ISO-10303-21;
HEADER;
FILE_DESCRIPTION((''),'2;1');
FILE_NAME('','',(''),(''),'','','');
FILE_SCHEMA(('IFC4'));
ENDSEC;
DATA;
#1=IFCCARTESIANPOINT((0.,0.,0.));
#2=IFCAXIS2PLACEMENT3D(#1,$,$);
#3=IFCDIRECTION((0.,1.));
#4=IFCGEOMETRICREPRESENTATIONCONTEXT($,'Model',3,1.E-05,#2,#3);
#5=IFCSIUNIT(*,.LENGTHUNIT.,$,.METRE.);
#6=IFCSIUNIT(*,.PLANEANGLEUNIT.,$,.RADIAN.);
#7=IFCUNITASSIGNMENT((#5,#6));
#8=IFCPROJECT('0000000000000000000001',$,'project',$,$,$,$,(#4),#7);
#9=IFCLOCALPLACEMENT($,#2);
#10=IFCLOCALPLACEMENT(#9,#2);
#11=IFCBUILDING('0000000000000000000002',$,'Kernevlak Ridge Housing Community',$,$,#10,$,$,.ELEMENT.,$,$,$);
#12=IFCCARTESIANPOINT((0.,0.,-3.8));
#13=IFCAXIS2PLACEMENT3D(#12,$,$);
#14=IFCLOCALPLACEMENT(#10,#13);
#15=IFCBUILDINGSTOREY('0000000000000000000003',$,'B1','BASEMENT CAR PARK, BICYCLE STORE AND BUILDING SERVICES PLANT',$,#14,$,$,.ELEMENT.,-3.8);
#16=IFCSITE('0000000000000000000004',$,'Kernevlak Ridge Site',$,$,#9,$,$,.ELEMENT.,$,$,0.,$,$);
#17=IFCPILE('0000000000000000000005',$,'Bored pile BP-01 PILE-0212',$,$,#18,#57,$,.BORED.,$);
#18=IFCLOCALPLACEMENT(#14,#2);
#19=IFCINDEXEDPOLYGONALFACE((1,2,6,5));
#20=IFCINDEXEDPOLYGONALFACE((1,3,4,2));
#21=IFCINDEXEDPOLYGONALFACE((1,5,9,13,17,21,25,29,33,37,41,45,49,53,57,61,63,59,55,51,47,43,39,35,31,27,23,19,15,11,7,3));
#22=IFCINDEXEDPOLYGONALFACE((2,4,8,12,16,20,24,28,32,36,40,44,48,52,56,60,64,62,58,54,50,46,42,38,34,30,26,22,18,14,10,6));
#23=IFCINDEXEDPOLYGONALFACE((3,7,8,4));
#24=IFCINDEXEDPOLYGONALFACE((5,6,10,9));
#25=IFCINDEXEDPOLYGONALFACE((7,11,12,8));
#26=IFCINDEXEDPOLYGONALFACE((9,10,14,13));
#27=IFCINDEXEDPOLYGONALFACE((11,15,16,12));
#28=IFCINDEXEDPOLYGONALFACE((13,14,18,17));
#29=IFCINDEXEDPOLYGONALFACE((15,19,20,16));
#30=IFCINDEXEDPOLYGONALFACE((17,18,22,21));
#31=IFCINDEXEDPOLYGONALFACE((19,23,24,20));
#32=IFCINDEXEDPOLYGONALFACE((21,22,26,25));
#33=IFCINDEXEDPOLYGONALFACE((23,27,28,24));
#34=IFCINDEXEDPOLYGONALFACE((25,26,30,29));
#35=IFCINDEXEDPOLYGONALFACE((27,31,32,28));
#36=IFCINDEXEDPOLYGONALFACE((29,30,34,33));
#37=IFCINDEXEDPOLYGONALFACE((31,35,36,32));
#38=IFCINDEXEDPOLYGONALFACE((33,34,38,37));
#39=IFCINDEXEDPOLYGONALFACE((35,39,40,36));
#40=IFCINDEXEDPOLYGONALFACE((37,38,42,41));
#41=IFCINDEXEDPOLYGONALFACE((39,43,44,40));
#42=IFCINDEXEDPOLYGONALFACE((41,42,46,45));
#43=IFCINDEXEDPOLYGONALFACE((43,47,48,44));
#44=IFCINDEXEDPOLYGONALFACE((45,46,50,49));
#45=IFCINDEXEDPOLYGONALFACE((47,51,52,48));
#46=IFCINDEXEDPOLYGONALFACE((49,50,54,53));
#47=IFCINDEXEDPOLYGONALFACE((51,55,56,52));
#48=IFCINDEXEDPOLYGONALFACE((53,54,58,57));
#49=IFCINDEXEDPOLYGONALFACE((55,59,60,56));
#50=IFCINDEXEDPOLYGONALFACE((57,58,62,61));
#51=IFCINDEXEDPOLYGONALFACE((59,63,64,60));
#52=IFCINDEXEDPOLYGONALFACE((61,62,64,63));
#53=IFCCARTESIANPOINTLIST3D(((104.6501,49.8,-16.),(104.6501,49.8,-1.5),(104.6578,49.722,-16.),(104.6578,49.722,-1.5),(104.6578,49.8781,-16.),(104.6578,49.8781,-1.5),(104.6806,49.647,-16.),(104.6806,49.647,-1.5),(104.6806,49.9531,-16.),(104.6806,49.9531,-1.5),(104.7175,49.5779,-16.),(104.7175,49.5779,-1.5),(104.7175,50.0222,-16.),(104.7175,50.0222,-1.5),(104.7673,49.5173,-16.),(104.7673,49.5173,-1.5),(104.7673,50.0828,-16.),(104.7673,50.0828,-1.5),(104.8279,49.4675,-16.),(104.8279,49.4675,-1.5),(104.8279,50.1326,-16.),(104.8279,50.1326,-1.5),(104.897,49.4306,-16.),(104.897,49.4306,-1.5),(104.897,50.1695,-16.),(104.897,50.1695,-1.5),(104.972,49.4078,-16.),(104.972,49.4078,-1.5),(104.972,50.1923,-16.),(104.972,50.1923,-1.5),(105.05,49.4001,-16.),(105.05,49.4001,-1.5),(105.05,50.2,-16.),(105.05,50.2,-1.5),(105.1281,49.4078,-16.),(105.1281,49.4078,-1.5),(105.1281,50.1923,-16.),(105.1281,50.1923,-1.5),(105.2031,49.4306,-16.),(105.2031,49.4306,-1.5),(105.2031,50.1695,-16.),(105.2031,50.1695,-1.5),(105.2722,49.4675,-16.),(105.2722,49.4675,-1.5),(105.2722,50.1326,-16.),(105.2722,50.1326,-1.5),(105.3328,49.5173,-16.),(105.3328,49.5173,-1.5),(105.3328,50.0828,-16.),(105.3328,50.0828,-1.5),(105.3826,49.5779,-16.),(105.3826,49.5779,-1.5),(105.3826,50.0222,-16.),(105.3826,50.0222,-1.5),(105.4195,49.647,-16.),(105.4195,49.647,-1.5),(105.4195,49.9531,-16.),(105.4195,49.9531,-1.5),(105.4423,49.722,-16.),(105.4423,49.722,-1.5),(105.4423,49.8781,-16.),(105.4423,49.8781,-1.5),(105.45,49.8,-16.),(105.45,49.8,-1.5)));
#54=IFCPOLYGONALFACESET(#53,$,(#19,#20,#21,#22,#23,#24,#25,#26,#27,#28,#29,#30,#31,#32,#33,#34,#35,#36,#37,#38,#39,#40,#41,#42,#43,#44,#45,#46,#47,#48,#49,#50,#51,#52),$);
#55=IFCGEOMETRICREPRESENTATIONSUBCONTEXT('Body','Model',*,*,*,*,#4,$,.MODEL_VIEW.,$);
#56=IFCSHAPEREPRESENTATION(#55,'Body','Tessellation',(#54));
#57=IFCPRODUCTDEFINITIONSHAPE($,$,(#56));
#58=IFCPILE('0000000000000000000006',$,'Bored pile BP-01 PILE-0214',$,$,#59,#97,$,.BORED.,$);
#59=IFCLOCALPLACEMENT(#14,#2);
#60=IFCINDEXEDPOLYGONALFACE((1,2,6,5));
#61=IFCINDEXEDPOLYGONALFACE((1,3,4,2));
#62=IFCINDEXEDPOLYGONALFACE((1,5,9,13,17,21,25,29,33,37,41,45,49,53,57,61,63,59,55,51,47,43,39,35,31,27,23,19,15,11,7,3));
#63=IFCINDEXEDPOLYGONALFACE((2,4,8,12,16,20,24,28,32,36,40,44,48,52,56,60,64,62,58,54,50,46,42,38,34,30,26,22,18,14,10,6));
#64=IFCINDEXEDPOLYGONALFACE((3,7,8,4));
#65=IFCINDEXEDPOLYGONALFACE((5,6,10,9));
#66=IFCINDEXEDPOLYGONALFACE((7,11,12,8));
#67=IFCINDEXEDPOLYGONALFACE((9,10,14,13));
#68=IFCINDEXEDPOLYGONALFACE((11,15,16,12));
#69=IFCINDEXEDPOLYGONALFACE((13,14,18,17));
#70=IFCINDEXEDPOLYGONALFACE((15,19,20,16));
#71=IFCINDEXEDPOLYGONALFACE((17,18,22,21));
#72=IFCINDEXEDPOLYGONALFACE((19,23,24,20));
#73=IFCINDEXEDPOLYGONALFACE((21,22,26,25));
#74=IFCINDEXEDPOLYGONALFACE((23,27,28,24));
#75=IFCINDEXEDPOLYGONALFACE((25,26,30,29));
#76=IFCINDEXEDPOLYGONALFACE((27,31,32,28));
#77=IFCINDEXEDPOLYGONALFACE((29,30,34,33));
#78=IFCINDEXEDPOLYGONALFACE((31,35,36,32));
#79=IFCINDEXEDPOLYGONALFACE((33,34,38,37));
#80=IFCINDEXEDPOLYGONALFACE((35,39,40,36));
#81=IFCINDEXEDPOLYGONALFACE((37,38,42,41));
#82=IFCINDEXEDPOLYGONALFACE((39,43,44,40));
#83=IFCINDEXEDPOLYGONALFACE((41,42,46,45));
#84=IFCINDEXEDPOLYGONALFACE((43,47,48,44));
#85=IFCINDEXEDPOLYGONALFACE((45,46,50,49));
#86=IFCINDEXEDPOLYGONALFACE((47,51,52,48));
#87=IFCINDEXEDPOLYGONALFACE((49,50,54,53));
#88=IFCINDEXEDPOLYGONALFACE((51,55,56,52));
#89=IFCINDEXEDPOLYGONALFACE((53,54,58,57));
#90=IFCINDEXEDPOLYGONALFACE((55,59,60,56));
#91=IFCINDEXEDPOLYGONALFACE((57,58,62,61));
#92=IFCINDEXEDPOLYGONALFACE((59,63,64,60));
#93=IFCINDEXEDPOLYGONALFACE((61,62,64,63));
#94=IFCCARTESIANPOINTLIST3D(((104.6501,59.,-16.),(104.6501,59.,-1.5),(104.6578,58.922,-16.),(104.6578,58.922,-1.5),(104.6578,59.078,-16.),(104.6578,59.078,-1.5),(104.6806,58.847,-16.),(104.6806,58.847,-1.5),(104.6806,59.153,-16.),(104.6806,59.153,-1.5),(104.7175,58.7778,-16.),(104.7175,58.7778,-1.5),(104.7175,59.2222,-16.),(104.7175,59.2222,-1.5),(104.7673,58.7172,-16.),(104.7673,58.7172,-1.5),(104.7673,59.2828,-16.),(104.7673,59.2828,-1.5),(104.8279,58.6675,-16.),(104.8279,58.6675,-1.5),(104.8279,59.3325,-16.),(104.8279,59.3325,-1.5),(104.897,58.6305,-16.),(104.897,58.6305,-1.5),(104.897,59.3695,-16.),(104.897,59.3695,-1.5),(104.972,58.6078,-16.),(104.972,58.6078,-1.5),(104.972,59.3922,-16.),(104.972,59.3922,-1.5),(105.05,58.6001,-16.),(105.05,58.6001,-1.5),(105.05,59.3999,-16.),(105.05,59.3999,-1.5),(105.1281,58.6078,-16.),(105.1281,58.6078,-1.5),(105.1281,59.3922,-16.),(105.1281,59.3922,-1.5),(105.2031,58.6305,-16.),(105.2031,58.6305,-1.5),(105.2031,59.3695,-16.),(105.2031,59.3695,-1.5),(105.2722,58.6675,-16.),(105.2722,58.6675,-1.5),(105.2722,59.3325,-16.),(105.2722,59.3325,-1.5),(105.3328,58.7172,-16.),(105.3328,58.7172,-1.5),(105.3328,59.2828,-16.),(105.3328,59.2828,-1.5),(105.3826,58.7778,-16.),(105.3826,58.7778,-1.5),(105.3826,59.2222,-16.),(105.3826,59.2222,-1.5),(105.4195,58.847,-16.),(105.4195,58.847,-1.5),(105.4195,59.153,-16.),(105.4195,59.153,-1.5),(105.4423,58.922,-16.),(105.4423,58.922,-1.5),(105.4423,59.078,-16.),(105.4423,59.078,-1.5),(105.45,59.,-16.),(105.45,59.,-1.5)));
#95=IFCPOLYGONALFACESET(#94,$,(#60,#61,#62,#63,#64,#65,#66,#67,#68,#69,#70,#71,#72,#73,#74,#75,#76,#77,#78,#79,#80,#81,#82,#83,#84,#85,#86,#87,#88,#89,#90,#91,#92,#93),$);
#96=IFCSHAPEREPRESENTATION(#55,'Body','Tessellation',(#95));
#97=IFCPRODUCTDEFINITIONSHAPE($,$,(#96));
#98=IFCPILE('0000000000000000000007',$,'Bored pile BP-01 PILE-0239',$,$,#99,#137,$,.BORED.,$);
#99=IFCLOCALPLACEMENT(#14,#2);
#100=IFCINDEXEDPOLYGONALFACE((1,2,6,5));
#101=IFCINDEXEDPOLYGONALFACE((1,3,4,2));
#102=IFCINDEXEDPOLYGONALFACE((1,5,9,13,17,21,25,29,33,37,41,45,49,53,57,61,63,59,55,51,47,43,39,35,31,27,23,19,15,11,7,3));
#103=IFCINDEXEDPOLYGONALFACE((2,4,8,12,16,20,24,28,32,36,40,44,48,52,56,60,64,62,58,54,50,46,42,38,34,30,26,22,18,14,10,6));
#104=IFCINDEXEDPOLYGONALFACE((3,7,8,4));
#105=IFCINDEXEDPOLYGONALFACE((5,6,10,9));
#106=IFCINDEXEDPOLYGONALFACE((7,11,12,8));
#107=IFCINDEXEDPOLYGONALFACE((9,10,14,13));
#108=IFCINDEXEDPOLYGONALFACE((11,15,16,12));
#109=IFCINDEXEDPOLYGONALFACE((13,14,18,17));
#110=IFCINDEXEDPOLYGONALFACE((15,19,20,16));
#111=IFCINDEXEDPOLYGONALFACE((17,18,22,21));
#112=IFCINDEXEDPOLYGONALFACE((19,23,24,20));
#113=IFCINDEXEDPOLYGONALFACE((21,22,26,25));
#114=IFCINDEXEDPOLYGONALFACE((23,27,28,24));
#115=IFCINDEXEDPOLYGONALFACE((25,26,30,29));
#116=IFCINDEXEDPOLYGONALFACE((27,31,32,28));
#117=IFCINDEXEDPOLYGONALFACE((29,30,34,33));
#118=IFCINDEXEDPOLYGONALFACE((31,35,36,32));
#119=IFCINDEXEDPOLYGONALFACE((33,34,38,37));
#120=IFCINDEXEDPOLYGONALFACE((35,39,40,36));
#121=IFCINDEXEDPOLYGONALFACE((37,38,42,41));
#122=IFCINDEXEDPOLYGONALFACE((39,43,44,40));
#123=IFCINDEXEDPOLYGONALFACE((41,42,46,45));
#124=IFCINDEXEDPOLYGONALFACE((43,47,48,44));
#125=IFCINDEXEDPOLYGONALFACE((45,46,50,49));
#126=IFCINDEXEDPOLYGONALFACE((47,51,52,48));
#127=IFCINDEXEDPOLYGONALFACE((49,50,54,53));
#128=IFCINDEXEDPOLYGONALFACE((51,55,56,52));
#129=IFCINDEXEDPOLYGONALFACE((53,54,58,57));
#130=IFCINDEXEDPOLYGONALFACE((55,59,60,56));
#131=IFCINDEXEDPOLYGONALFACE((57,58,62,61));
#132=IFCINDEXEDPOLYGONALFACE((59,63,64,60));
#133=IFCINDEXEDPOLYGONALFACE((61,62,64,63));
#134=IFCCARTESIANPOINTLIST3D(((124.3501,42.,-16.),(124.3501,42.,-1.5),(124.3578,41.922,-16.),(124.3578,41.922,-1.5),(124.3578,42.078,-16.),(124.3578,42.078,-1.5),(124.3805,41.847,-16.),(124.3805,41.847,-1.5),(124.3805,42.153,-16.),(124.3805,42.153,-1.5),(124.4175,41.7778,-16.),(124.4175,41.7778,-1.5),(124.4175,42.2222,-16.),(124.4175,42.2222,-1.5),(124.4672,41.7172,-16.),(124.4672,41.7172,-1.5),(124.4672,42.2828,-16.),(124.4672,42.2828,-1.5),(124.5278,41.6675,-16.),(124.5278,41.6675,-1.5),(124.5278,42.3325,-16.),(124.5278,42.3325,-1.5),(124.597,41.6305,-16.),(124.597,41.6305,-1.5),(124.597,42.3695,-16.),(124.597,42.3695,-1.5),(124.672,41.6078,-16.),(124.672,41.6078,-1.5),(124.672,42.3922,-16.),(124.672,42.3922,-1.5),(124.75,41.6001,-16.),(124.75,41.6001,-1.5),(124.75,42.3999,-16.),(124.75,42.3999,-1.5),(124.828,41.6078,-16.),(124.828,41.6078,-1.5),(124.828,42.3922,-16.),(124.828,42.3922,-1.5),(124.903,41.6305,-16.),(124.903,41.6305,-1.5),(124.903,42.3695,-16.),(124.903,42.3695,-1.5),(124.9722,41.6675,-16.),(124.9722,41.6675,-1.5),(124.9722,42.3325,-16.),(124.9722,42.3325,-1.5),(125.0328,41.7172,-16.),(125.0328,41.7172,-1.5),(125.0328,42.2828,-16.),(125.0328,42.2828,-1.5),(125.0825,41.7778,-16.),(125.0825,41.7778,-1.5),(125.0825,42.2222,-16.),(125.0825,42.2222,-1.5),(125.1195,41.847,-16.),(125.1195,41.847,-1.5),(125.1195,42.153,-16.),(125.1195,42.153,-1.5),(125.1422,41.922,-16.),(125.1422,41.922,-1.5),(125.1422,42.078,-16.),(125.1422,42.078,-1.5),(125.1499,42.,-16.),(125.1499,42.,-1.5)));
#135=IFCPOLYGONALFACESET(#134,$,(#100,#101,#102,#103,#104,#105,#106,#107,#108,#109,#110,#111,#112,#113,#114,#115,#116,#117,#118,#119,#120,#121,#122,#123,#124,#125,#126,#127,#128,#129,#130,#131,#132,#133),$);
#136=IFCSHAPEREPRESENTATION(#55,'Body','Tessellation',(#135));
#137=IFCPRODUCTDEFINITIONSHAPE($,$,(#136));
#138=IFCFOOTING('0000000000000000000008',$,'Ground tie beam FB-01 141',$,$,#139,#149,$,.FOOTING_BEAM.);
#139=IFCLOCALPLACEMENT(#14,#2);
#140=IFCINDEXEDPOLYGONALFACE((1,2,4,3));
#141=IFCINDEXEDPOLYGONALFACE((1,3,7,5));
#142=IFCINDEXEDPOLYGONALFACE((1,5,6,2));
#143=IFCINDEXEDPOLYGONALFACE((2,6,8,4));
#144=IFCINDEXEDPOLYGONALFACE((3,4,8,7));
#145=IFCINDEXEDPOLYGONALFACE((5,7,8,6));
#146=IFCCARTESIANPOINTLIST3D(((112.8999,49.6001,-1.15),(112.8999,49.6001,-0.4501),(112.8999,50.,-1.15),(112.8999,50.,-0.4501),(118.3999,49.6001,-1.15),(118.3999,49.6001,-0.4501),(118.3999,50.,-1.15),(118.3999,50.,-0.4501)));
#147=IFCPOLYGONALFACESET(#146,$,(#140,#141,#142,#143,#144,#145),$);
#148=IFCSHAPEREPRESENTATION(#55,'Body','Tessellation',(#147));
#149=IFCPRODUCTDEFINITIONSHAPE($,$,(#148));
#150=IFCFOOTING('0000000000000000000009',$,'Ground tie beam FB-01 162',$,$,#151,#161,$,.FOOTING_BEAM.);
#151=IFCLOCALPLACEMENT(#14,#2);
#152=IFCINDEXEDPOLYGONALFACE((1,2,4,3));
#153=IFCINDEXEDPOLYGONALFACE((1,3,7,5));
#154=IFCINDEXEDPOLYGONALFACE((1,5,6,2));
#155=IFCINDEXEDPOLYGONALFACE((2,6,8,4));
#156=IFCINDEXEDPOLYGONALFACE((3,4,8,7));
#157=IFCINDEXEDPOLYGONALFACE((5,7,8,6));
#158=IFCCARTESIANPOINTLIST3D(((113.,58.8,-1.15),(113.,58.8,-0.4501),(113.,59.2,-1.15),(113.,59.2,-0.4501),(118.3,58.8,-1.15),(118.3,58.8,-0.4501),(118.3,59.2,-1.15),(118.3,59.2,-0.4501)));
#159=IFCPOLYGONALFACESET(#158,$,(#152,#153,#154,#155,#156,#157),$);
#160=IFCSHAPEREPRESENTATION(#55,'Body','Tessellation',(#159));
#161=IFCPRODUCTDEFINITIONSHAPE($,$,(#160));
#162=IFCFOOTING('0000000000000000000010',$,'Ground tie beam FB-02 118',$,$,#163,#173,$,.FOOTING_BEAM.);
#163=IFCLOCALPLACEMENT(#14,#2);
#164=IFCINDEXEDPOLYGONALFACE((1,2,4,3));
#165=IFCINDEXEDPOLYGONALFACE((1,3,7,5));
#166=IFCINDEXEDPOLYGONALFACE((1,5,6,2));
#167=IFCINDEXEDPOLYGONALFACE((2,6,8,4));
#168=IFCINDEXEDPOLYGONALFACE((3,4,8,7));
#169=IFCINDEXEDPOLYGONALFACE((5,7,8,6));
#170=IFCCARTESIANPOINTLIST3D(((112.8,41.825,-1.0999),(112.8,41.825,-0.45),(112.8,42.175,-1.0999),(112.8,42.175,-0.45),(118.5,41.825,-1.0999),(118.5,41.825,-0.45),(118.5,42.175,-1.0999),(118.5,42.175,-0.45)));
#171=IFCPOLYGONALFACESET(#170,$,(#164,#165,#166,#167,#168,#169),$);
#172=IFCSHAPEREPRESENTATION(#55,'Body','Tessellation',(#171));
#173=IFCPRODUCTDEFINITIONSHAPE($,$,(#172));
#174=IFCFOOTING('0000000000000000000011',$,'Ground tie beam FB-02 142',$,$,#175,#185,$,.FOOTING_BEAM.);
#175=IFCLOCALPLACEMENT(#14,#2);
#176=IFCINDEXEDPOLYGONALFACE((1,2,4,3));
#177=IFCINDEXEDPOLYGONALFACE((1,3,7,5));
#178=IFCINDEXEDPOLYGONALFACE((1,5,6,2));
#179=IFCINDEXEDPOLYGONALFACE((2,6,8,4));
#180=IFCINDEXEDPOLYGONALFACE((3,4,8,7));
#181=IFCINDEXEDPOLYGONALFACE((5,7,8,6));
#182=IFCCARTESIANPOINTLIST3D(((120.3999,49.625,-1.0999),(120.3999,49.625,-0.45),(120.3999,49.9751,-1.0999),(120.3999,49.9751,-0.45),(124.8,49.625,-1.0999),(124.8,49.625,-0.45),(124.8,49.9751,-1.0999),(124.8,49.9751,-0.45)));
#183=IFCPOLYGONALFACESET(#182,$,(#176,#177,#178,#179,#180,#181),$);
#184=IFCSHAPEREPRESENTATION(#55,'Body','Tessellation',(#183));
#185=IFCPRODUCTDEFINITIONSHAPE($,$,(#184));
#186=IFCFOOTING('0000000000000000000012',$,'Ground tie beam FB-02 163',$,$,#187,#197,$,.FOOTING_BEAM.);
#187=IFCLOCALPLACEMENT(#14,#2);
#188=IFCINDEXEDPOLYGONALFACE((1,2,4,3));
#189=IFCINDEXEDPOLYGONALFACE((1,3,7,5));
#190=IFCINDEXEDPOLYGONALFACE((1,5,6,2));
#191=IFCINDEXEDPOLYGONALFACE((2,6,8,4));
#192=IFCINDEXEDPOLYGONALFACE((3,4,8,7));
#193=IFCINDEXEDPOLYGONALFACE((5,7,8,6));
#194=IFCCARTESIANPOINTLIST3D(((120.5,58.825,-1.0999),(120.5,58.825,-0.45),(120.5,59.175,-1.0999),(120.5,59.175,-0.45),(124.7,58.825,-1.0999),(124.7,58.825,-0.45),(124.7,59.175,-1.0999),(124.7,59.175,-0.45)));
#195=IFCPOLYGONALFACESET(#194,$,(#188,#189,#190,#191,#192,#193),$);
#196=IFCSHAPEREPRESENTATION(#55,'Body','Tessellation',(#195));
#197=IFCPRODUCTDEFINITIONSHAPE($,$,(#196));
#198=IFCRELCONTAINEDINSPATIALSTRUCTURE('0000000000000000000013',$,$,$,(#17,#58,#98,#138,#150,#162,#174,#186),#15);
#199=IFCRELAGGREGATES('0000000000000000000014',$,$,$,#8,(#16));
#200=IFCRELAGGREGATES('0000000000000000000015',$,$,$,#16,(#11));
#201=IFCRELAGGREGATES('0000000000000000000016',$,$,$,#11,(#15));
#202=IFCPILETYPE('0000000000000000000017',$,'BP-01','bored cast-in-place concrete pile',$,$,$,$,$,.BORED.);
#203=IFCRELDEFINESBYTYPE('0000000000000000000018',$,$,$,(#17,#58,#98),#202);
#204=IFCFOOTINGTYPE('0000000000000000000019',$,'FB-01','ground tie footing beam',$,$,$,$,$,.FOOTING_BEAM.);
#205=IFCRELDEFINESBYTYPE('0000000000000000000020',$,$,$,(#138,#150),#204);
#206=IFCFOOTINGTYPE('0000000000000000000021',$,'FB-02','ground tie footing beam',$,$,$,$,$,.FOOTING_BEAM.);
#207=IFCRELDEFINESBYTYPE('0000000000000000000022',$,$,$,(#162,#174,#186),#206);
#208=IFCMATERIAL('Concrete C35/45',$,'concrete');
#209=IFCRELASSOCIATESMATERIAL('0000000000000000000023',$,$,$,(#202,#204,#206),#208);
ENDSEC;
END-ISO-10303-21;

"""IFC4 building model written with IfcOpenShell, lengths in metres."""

from ifc_helpers import new_model, si_unit, direction, frame, origin, origin_2d, place, context, subcontext, project, spatial, rectangle, circle, extrude, material, material_profile, profile_set, type_object, element, save


model = new_model("IFC4")

# Units and contexts
model_context = context("Model", 3, precision=1e-05, world=origin(), true_north=direction((0.0, 1.0)))
body_context = subcontext(model_context, "Body", "Model", "MODEL_VIEW")
ifc_project = project(units=[si_unit("LENGTHUNIT", "METRE"), si_unit("PLANEANGLEUNIT", "RADIAN")], contexts=[model_context])

# Site, building, storey
site_placement = place(None, origin())
site = spatial("IfcSite", under=ifc_project, at=site_placement, Name="Kernevlak Ridge Site", CompositionType="ELEMENT", RefElevation=0.0)
building_placement = place(site_placement, origin())
building = spatial("IfcBuilding", under=site, at=building_placement, Name="Kernevlak Ridge Housing Community", CompositionType="ELEMENT")
storey_placement = place(building_placement, frame((0.0, 0.0, -3.8)))
storey = spatial("IfcBuildingStorey", under=building, at=storey_placement, Name="B1", Description="BASEMENT CAR PARK, BICYCLE STORE AND BUILDING SERVICES PLANT", CompositionType="ELEMENT", Elevation=-3.8)

# Piles
ifc_material_1 = material(Name="Concrete C35/45", Category="concrete")
ifc_material_profile_1 = material_profile(ifc_material_1, circle(Radius=0.3999, at=origin_2d()), Name="BORED PILE 800")
ifc_profile_set_1 = profile_set([ifc_material_profile_1], Name="Concrete C35/45")
pile_type = type_object("IfcPileType", Name="BP-01", Description="bored cast-in-place concrete pile", PredefinedType="BORED", material=ifc_profile_set_1)
for number, where, z_axis, x_axis, name in (
    (1, (105.05, 49.8, -1.5), (0.0, 0.0, -1.0), (1.0, 0.0, 0.0), "Bored pile BP-01 PILE-0212"),
    (2, (105.05, 59.0, -1.5), (0.0, 0.0, -1.0), (1.0, 0.0, 0.0), "Bored pile BP-01 PILE-0214"),
    (3, (124.75, 42.0, -1.5), (0.0, 0.0, -1.0), (1.0, 0.0, 0.0), "Bored pile BP-01 PILE-0239"),
):
    element("IfcPile", number, at=place(storey_placement, frame(where, z_axis=z_axis, x_axis=x_axis)), inside=storey, type_object=pile_type, Name=name, PredefinedType="BORED", context=body_context, shape_type="SweptSolid", body=[
        extrude(circle(Radius=0.3999, at=origin_2d()), origin(), (0.0, 0.0, 1.0), 14.5),
    ])

# Footings
ifc_material_profile_2 = material_profile(ifc_material_1, rectangle(XDim=0.3999, YDim=0.7, at=origin_2d()), Name="RC 400x700")
ifc_profile_set_2 = profile_set([ifc_material_profile_2], Name="Concrete C35/45")
footing_type_1 = type_object("IfcFootingType", Name="FB-01", Description="ground tie footing beam", PredefinedType="FOOTING_BEAM", material=ifc_profile_set_2)
footing_1_placement = place(storey_placement, frame((112.8999, 49.8, -0.8), z_axis=(1.0, 0.0, 0.0), x_axis=(0.0, 1.0, 0.0)))
element("IfcFooting", 4, at=footing_1_placement, inside=storey, type_object=footing_type_1, Name="Ground tie beam FB-01 141", PredefinedType="FOOTING_BEAM", context=body_context, shape_type="SweptSolid", body=[
    extrude(rectangle(XDim=0.3999, YDim=0.7, at=origin_2d()), origin(), (0.0, 0.0, 1.0), 5.5),
])
footing_2_placement = place(storey_placement, frame((113.0, 59.0, -0.8), z_axis=(1.0, 0.0, 0.0), x_axis=(0.0, 1.0, 0.0)))
element("IfcFooting", 5, at=footing_2_placement, inside=storey, type_object=footing_type_1, Name="Ground tie beam FB-01 162", PredefinedType="FOOTING_BEAM", context=body_context, shape_type="SweptSolid", body=[
    extrude(rectangle(XDim=0.3999, YDim=0.7, at=origin_2d()), origin(), (0.0, 0.0, 1.0), 5.3),
])
ifc_material_profile_3 = material_profile(ifc_material_1, rectangle(XDim=0.3501, YDim=0.6499, at=origin_2d()), Name="RC 350x650")
ifc_profile_set_3 = profile_set([ifc_material_profile_3], Name="Concrete C35/45")
footing_type_2 = type_object("IfcFootingType", Name="FB-02", Description="ground tie footing beam", PredefinedType="FOOTING_BEAM", material=ifc_profile_set_3)
footing_3_placement = place(storey_placement, frame((112.8, 42.0, -0.7749), z_axis=(1.0, 0.0, 0.0), x_axis=(0.0, 1.0, 0.0)))
element("IfcFooting", 6, at=footing_3_placement, inside=storey, type_object=footing_type_2, Name="Ground tie beam FB-02 118", PredefinedType="FOOTING_BEAM", context=body_context, shape_type="SweptSolid", body=[
    extrude(rectangle(XDim=0.3501, YDim=0.6499, at=origin_2d()), origin(), (0.0, 0.0, 1.0), 5.7),
])
footing_4_placement = place(storey_placement, frame((120.3999, 49.8, -0.7749), z_axis=(1.0, 0.0, 0.0), x_axis=(0.0, 1.0, 0.0)))
element("IfcFooting", 7, at=footing_4_placement, inside=storey, type_object=footing_type_2, Name="Ground tie beam FB-02 142", PredefinedType="FOOTING_BEAM", context=body_context, shape_type="SweptSolid", body=[
    extrude(rectangle(XDim=0.3501, YDim=0.6499, at=origin_2d()), origin(), (0.0, 0.0, 1.0), 4.4001),
])
footing_5_placement = place(storey_placement, frame((120.5, 59.0, -0.7749), z_axis=(1.0, 0.0, 0.0), x_axis=(0.0, 1.0, 0.0)))
element("IfcFooting", 8, at=footing_5_placement, inside=storey, type_object=footing_type_2, Name="Ground tie beam FB-02 163", PredefinedType="FOOTING_BEAM", context=body_context, shape_type="SweptSolid", body=[
    extrude(rectangle(XDim=0.3501, YDim=0.6499, at=origin_2d()), origin(), (0.0, 0.0, 1.0), 4.2),
])

save(model, "model.ifc")
